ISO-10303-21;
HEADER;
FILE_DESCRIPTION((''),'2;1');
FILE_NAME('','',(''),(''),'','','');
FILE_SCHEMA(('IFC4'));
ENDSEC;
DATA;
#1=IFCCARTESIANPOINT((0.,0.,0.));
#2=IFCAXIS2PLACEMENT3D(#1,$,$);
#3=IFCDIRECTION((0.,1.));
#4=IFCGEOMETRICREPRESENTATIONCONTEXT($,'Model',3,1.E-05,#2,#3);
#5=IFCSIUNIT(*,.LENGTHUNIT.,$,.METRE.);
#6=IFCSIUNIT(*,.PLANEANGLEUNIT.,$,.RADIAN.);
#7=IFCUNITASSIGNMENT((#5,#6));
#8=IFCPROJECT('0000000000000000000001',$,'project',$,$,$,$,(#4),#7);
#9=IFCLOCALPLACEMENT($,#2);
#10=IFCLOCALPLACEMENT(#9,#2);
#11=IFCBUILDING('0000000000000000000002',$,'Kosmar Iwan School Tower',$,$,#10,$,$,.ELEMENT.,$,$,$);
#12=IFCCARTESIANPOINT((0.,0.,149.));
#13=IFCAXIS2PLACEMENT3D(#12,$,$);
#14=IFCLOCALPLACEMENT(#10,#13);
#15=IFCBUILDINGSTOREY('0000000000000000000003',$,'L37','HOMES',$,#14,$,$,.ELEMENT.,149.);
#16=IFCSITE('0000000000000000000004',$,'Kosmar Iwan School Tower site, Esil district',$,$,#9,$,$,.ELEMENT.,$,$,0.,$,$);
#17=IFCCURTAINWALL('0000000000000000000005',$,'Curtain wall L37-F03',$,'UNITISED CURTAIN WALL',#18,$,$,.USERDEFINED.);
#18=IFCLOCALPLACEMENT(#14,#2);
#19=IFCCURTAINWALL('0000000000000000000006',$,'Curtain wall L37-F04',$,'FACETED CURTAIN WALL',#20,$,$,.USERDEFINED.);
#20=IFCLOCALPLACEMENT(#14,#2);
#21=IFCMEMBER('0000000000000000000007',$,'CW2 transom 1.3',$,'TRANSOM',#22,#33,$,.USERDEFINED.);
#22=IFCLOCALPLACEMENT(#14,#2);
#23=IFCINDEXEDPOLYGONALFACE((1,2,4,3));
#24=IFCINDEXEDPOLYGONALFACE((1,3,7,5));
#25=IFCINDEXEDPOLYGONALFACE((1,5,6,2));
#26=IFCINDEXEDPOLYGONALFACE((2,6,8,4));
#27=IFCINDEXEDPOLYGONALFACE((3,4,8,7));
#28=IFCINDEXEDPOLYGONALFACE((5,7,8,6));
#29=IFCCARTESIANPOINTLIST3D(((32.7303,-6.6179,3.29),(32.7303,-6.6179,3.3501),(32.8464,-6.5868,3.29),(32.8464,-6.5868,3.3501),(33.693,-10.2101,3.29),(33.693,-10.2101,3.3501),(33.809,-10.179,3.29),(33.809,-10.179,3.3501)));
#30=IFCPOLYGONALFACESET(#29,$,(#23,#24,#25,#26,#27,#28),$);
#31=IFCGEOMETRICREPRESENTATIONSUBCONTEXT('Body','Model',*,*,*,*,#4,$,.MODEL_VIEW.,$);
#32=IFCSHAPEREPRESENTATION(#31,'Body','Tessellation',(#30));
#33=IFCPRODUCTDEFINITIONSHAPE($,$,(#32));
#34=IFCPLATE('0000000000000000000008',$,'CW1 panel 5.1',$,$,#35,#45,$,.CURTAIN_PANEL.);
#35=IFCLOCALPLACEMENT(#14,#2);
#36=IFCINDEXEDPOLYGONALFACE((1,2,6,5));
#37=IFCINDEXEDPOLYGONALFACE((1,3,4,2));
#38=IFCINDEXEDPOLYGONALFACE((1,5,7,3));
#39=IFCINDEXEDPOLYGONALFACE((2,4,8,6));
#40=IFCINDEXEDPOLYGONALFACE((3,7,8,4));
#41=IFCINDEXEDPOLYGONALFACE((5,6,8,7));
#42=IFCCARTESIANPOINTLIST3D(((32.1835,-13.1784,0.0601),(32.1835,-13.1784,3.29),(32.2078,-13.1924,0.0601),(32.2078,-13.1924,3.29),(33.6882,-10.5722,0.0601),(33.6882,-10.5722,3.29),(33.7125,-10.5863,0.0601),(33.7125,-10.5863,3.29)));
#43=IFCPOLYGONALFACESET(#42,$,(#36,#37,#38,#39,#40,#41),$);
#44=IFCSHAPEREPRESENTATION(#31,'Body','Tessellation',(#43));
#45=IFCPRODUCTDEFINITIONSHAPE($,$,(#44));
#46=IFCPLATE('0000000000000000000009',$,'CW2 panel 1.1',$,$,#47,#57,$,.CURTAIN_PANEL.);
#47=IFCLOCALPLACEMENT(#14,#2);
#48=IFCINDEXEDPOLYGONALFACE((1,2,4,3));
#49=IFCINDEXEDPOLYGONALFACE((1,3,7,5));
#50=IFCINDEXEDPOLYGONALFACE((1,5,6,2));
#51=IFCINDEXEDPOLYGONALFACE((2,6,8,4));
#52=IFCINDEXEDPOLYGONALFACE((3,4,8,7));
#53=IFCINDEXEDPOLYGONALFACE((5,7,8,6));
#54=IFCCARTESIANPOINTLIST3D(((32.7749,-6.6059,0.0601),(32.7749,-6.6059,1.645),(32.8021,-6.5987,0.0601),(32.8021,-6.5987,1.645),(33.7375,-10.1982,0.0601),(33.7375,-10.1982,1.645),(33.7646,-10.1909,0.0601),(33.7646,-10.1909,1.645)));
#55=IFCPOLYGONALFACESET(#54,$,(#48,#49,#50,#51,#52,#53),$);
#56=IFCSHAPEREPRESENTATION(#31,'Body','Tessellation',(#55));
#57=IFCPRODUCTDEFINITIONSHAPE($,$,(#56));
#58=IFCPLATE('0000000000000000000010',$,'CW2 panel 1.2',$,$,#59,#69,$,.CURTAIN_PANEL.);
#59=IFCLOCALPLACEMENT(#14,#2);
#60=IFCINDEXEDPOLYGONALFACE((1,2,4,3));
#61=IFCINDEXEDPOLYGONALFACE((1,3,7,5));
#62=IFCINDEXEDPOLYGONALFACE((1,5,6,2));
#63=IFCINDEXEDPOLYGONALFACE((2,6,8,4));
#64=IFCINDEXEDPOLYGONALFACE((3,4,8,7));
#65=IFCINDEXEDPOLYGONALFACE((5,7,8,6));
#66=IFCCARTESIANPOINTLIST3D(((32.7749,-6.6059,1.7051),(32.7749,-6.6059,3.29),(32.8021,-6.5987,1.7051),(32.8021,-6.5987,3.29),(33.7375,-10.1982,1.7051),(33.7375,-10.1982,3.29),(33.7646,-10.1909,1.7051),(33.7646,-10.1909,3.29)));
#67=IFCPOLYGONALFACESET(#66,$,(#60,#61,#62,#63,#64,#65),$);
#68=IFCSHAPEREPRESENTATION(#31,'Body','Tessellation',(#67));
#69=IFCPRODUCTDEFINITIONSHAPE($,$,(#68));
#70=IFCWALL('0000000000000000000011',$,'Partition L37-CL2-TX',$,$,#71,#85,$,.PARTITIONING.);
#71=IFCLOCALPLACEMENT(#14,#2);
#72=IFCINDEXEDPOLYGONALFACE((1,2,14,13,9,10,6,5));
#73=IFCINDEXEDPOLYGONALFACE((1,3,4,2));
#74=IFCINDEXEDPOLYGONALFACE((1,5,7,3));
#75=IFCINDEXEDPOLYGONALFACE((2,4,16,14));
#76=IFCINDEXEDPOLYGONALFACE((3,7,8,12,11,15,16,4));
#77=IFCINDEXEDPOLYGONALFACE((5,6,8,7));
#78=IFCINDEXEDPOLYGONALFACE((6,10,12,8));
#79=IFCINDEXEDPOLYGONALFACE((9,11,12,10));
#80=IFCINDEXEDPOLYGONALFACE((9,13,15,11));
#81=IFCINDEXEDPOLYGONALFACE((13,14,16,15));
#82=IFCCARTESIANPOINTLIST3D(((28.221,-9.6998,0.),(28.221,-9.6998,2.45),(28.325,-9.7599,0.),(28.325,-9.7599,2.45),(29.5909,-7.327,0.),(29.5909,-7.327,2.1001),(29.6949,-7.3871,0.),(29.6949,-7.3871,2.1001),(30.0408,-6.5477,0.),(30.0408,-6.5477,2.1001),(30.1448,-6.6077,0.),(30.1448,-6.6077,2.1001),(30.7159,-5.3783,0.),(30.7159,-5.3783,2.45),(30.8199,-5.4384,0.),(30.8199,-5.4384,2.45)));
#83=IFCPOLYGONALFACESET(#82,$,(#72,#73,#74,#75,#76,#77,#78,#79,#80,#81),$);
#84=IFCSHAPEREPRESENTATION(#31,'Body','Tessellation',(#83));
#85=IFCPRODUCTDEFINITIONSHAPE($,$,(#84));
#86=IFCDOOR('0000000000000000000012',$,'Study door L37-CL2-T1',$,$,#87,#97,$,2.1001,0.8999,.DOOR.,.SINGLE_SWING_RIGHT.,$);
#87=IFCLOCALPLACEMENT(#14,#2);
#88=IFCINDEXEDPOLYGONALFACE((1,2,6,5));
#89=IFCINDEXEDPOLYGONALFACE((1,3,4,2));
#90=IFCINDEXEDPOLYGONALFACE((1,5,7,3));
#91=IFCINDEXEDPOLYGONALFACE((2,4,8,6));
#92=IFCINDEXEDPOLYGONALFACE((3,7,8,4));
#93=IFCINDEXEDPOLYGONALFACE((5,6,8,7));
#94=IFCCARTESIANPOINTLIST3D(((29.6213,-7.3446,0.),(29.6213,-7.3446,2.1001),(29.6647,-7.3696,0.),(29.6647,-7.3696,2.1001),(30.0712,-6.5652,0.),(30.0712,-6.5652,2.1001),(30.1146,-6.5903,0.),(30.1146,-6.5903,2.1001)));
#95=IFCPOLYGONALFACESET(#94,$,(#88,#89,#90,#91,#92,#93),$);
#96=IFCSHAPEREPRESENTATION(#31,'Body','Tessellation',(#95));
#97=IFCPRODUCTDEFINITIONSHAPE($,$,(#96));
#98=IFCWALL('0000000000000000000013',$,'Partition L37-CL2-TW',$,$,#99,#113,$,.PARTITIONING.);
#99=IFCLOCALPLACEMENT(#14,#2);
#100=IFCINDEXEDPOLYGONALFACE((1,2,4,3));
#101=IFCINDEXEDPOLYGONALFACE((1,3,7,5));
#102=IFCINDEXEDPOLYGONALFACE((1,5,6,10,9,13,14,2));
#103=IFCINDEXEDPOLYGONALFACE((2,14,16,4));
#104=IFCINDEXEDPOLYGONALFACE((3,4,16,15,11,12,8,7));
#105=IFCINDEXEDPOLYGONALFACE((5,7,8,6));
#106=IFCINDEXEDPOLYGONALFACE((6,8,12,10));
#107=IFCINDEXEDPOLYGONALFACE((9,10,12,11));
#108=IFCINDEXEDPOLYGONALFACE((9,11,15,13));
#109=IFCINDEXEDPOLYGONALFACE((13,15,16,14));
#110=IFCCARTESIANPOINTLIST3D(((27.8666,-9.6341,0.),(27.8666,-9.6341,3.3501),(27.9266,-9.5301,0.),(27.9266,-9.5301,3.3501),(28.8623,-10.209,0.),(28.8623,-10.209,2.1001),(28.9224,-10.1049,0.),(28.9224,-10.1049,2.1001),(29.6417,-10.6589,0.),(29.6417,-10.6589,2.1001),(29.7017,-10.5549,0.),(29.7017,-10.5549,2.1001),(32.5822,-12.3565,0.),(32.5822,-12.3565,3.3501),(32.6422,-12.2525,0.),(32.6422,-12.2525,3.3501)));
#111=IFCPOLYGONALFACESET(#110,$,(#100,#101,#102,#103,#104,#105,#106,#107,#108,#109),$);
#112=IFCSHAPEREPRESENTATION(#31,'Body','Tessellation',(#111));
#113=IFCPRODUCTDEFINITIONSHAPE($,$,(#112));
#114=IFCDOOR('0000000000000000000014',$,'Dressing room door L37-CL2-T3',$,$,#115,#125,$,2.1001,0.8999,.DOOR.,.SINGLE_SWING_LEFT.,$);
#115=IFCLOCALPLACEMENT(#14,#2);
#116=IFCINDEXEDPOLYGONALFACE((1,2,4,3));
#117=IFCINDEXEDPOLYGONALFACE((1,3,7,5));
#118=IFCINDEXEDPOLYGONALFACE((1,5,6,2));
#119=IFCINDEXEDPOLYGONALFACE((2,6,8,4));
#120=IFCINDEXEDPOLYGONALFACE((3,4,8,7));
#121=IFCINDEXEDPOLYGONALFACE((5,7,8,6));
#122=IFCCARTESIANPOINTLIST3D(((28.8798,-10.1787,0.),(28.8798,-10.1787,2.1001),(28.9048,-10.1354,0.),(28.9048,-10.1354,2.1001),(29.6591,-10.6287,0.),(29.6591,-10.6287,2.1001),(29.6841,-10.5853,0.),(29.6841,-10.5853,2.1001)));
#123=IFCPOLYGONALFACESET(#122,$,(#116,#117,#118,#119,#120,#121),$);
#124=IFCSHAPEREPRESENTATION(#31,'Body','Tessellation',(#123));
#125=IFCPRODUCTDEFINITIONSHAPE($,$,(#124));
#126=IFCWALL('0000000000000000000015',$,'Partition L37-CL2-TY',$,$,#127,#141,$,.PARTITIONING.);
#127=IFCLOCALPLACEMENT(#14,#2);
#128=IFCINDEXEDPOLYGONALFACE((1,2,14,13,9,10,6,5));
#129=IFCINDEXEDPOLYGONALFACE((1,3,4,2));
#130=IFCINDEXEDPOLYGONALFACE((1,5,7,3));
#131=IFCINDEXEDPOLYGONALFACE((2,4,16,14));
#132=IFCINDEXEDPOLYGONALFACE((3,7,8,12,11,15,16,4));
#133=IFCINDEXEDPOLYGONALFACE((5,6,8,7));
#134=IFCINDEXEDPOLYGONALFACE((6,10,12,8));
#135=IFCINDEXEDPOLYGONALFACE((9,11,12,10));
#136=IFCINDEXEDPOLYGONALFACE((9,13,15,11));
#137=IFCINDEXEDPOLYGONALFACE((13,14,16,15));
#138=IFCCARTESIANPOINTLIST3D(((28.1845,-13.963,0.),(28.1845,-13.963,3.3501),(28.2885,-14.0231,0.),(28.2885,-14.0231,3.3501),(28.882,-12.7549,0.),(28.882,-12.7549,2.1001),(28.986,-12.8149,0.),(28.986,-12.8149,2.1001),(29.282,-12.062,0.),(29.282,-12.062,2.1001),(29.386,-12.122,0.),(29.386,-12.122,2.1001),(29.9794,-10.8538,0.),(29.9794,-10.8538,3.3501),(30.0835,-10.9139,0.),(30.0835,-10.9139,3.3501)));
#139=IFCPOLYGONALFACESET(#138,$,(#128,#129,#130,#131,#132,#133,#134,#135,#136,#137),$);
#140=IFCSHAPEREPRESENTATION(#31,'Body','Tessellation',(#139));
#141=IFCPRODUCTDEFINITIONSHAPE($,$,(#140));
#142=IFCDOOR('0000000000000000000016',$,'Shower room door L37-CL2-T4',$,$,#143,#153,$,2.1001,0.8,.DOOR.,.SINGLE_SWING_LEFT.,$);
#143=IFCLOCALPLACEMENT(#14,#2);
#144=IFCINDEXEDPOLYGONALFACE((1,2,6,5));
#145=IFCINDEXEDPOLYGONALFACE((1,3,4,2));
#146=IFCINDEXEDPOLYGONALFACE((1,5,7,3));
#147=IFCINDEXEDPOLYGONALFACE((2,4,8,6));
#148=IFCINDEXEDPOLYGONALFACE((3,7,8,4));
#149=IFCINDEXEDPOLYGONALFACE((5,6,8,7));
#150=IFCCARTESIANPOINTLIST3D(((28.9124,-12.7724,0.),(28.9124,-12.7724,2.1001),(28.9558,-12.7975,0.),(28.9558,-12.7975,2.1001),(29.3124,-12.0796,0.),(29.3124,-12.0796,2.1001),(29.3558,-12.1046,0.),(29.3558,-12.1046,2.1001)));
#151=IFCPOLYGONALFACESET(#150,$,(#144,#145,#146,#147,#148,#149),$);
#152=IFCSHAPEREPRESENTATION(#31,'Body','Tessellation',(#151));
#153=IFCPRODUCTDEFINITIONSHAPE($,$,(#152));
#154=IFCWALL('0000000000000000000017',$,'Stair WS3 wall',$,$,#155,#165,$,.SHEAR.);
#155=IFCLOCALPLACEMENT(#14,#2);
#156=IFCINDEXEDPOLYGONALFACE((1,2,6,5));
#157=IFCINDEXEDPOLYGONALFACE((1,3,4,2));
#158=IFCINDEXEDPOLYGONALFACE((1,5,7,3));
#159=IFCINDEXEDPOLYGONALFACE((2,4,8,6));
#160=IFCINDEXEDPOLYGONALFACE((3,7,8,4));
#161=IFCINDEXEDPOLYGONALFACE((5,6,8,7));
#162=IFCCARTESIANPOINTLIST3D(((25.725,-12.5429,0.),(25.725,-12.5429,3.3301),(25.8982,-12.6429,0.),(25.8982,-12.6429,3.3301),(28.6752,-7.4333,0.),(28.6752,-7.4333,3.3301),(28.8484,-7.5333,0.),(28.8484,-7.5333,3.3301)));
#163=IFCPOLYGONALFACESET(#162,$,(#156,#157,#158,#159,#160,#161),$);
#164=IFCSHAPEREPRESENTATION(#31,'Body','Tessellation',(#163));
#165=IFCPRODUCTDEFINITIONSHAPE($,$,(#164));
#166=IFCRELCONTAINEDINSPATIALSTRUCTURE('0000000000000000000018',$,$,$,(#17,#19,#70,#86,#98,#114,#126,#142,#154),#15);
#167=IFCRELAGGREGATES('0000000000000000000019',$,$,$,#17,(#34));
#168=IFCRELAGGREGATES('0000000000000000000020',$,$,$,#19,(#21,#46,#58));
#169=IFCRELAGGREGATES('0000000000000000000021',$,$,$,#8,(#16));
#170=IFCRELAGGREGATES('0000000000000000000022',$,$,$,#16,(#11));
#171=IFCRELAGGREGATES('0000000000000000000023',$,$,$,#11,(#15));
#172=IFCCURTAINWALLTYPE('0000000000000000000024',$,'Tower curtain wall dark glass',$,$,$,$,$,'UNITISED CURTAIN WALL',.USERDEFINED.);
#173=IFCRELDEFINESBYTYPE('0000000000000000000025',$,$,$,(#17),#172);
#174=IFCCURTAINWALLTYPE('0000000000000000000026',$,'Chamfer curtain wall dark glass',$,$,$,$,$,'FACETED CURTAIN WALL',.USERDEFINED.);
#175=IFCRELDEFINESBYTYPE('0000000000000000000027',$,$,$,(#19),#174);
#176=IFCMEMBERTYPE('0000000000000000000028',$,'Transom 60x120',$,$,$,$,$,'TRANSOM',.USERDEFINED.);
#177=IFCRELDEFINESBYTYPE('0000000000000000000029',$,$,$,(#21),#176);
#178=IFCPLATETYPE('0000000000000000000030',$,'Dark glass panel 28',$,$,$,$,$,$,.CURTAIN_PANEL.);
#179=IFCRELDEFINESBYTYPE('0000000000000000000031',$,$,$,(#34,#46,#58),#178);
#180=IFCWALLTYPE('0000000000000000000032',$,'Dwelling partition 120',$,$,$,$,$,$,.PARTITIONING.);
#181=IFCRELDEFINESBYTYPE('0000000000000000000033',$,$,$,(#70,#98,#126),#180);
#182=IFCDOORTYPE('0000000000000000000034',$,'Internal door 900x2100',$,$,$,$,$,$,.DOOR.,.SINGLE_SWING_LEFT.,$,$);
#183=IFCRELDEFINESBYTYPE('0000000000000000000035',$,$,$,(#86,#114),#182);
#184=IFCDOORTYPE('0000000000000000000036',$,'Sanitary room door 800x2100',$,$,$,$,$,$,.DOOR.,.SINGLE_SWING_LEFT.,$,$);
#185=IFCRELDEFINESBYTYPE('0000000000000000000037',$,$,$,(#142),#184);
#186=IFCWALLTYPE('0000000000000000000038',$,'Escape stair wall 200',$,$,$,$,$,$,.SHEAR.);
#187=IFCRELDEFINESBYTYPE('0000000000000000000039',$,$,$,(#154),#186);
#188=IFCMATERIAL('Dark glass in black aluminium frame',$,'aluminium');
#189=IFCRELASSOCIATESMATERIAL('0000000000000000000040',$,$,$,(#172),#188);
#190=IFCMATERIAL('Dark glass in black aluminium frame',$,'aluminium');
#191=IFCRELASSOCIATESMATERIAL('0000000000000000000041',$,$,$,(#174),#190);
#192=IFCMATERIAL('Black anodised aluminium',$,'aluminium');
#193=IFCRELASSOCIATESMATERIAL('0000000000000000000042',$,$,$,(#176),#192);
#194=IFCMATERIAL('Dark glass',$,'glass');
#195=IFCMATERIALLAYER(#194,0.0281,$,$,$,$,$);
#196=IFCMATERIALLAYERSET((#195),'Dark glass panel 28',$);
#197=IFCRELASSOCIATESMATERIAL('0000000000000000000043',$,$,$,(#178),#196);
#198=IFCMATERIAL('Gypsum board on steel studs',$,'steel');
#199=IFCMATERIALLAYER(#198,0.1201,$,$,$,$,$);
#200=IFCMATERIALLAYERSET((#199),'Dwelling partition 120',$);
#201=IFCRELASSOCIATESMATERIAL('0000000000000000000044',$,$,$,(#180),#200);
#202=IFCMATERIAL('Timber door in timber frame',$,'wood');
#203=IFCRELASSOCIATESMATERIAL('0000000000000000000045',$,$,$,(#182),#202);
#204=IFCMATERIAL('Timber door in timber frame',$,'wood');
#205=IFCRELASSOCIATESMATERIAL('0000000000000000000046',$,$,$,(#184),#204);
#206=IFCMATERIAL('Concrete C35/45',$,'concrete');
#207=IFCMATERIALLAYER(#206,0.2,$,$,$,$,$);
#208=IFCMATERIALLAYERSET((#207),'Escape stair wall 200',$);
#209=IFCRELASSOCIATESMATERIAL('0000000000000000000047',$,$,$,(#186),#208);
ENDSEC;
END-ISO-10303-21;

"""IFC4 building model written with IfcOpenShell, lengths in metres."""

from ifc_helpers import new_model, si_unit, direction, frame, frame_2d, origin, origin_2d, place, context, subcontext, project, spatial, rectangle, extrude, material, layer, layer_set, material_profile, profile_set, type_object, element, fill, aggregate, save


model = new_model("IFC4")

# Units and contexts
model_context = context("Model", 3, precision=1e-05, world=origin(), true_north=direction((0.0, 1.0)))
body_context = subcontext(model_context, "Body", "Model", "MODEL_VIEW")
ifc_project = project(units=[si_unit("LENGTHUNIT", "METRE"), si_unit("PLANEANGLEUNIT", "RADIAN")], contexts=[model_context])

# Site, building, storey
site_placement = place(None, origin())
site = spatial("IfcSite", under=ifc_project, at=site_placement, Name="Kosmar Iwan School Tower site, Esil district", CompositionType="ELEMENT", RefElevation=0.0)
building_placement = place(site_placement, origin())
building = spatial("IfcBuilding", under=site, at=building_placement, Name="Kosmar Iwan School Tower", CompositionType="ELEMENT")
storey_placement = place(building_placement, frame((0.0, 0.0, 149.0)))
storey = spatial("IfcBuildingStorey", under=building, at=storey_placement, Name="L37", Description="HOMES", CompositionType="ELEMENT", Elevation=149.0)

# Curtain walls
ifc_material_1 = material(Name="Dark glass in black aluminium frame", Category="aluminium")
curtain_wall_type_1 = type_object("IfcCurtainWallType", Name="Tower curtain wall dark glass", ElementType="UNITISED CURTAIN WALL", PredefinedType="USERDEFINED", material=ifc_material_1)
curtain_wall_1_placement = place(storey_placement, origin())
curtain_wall_1 = element("IfcCurtainWall", 1, at=curtain_wall_1_placement, inside=storey, type_object=curtain_wall_type_1, Name="Curtain wall L37-F03", ObjectType="UNITISED CURTAIN WALL", PredefinedType="USERDEFINED")
ifc_material_2 = material(Name="Dark glass in black aluminium frame", Category="aluminium")
curtain_wall_type_2 = type_object("IfcCurtainWallType", Name="Chamfer curtain wall dark glass", ElementType="FACETED CURTAIN WALL", PredefinedType="USERDEFINED", material=ifc_material_2)
curtain_wall_2_placement = place(storey_placement, origin())
curtain_wall_2 = element("IfcCurtainWall", 2, at=curtain_wall_2_placement, inside=storey, type_object=curtain_wall_type_2, Name="Curtain wall L37-F04", ObjectType="FACETED CURTAIN WALL", PredefinedType="USERDEFINED")

# Member
ifc_material_3 = material(Name="Black anodised aluminium", Category="aluminium")
ifc_material_profile_1 = material_profile(ifc_material_3, rectangle(XDim=0.1201, YDim=0.0601, at=origin_2d()), Name="TRANSOM 60x120")
ifc_profile_set_1 = profile_set([ifc_material_profile_1], Name="Black anodised aluminium")
member_type_1 = type_object("IfcMemberType", Name="Transom 60x120", ElementType="TRANSOM", PredefinedType="USERDEFINED", material=ifc_profile_set_1)
member_1_placement = place(storey_placement, frame((33.751, -10.1946, 3.3201), z_axis=(-0.258843, 0.965919, 0.0), x_axis=(-0.965919, -0.258843, 0.0)))
member_1 = element("IfcMember", 3, at=member_1_placement, type_object=member_type_1, Name="CW2 transom 1.3", ObjectType="TRANSOM", PredefinedType="USERDEFINED", context=body_context, shape_type="SweptSolid", body=[
    extrude(rectangle(XDim=0.1201, YDim=0.0601, at=origin_2d()), origin(), (0.0, 0.0, 1.0), 3.719),
])

# Plates
ifc_material_4 = material(Name="Dark glass", Category="glass")
ifc_layer_1 = layer(ifc_material_4, 0.0281)
ifc_layer_set_1 = layer_set([ifc_layer_1], Name="Dark glass panel 28")
plate_type = type_object("IfcPlateType", Name="Dark glass panel 28", PredefinedType="CURTAIN_PANEL", material=ifc_layer_set_1)
plate_1_placement = place(storey_placement, frame((32.948, -11.8823, 0.0601), z_axis=(0.0, 0.0, 1.0), x_axis=(0.5, 0.866025, 0.0)))
plate_1 = element("IfcPlate", 4, at=plate_1_placement, type_object=plate_type, Name="CW1 panel 5.1", PredefinedType="CURTAIN_PANEL", context=body_context, shape_type="SweptSolid", body=[
    extrude(rectangle(XDim=3.0093, YDim=0.0281, at=origin_2d()), origin(), (0.0, 0.0, 1.0), 3.23),
])
aggregate(curtain_wall_1, [plate_1])
plate_2_placement = place(storey_placement, frame((33.2698, -8.3984, 0.0601), z_axis=(0.0, 0.0, 1.0), x_axis=(-0.258819, 0.965926, 0.0)))
plate_2 = element("IfcPlate", 5, at=plate_2_placement, type_object=plate_type, Name="CW2 panel 1.1", PredefinedType="CURTAIN_PANEL", context=body_context, shape_type="SweptSolid", body=[
    extrude(rectangle(XDim=3.719, YDim=0.0281, at=origin_2d()), origin(), (0.0, 0.0, 1.0), 1.585),
])
plate_3_placement = place(storey_placement, frame((33.2698, -8.3984, 1.7051), z_axis=(0.0, 0.0, 1.0), x_axis=(-0.258819, 0.965926, 0.0)))
plate_3 = element("IfcPlate", 6, at=plate_3_placement, type_object=plate_type, Name="CW2 panel 1.2", PredefinedType="CURTAIN_PANEL", context=body_context, shape_type="SweptSolid", body=[
    extrude(rectangle(XDim=3.719, YDim=0.0281, at=origin_2d()), origin(), (0.0, 0.0, 1.0), 1.585),
])
aggregate(curtain_wall_2, [member_1, plate_2, plate_3])

# Walls, openings, doors
ifc_material_5 = material(Name="Gypsum board on steel studs", Category="steel")
ifc_layer_2 = layer(ifc_material_5, 0.1201)
ifc_layer_set_2 = layer_set([ifc_layer_2], Name="Dwelling partition 120")
wall_type_1 = type_object("IfcWallType", Name="Dwelling partition 120", PredefinedType="PARTITIONING", material=ifc_layer_set_2)
wall_1_placement = place(storey_placement, frame((28.2729, -9.73, 0.0), z_axis=(0.0, 0.0, 1.0), x_axis=(0.499975, 0.86604, 0.0)))
wall_1 = element("IfcWall", 7, at=wall_1_placement, inside=storey, type_object=wall_type_1, Name="Partition L37-CL2-TX", PredefinedType="PARTITIONING", context=body_context, shape_type="SweptSolid", body=[
    extrude(rectangle(XDim=4.99, YDim=0.1201, at=frame_2d((2.4951, 0.0))), origin(), (0.0, 0.0, 1.0), 2.45),
])
opening_1_placement = place(wall_1_placement, frame((2.74, 0.0, 0.0)))
opening_1 = element("IfcOpeningElement", 8, at=opening_1_placement, cuts=wall_1, PredefinedType="OPENING", context=body_context, shape_type="SweptSolid", body=[
    extrude(rectangle(XDim=0.8999, YDim=2.1001, at=frame_2d((0.45, 1.05))), frame((0.0, 0.072, 0.0), z_axis=(0.0, -1.0, 0.0), x_axis=(1.0, 0.0, 0.0)), (0.0, 0.0, 1.0), 0.144),
])
ifc_material_6 = material(Name="Timber door in timber frame", Category="wood")
door_type_1 = type_object("IfcDoorType", Name="Internal door 900x2100", OperationType="SINGLE_SWING_LEFT", PredefinedType="DOOR", material=ifc_material_6)
door_1_placement = place(opening_1_placement, origin())
door_1 = element("IfcDoor", 9, at=door_1_placement, inside=storey, type_object=door_type_1, Name="Study door L37-CL2-T1", OperationType="SINGLE_SWING_RIGHT", OverallHeight=2.1001, OverallWidth=0.8999, PredefinedType="DOOR", context=body_context, shape_type="SweptSolid", body=[
    extrude(rectangle(XDim=0.8999, YDim=2.1001, at=frame_2d((0.45, 1.05))), frame((0.0, 0.0249, 0.0), z_axis=(0.0, -1.0, 0.0), x_axis=(1.0, 0.0, 0.0)), (0.0, 0.0, 1.0), 0.05),
])
fill(opening_1, door_1)
wall_2_placement = place(storey_placement, frame((27.8965, -9.582, 0.0), z_axis=(0.0, 0.0, 1.0), x_axis=(0.866036, -0.499982, 0.0)))
wall_2 = element("IfcWall", 10, at=wall_2_placement, inside=storey, type_object=wall_type_1, Name="Partition L37-CL2-TW", PredefinedType="PARTITIONING", context=body_context, shape_type="SweptSolid", body=[
    extrude(rectangle(XDim=5.4451, YDim=0.1201, at=frame_2d((2.7227, 0.0))), origin(), (0.0, 0.0, 1.0), 3.3501),
])
opening_2_placement = place(wall_2_placement, frame((1.1499, 0.0, 0.0)))
opening_2 = element("IfcOpeningElement", 11, at=opening_2_placement, cuts=wall_2, PredefinedType="OPENING", context=body_context, shape_type="SweptSolid", body=[
    extrude(rectangle(XDim=0.8999, YDim=2.1001, at=frame_2d((0.45, 1.05))), frame((0.0, 0.072, 0.0), z_axis=(0.0, -1.0, 0.0), x_axis=(1.0, 0.0, 0.0)), (0.0, 0.0, 1.0), 0.144),
])
door_2_placement = place(opening_2_placement, origin())
door_2 = element("IfcDoor", 12, at=door_2_placement, inside=storey, type_object=door_type_1, Name="Dressing room door L37-CL2-T3", OperationType="SINGLE_SWING_LEFT", OverallHeight=2.1001, OverallWidth=0.8999, PredefinedType="DOOR", context=body_context, shape_type="SweptSolid", body=[
    extrude(rectangle(XDim=0.8999, YDim=2.1001, at=frame_2d((0.45, 1.05))), frame((0.0, 0.0249, 0.0), z_axis=(0.0, -1.0, 0.0), x_axis=(1.0, 0.0, 0.0)), (0.0, 0.0, 1.0), 0.05),
])
fill(opening_2, door_2)
wall_3_placement = place(storey_placement, frame((28.2366, -13.9929, 0.0), z_axis=(0.0, 0.0, 1.0), x_axis=(0.499972, 0.866042, 0.0)))
wall_3 = element("IfcWall", 13, at=wall_3_placement, inside=storey, type_object=wall_type_1, Name="Partition L37-CL2-TY", PredefinedType="PARTITIONING", context=body_context, shape_type="SweptSolid", body=[
    extrude(rectangle(XDim=3.5901, YDim=0.1201, at=frame_2d((1.7949, 0.0))), origin(), (0.0, 0.0, 1.0), 3.3501),
])
opening_3_placement = place(wall_3_placement, frame((1.395, 0.0, 0.0)))
opening_3 = element("IfcOpeningElement", 14, at=opening_3_placement, cuts=wall_3, PredefinedType="OPENING", context=body_context, shape_type="SweptSolid", body=[
    extrude(rectangle(XDim=0.8, YDim=2.1001, at=frame_2d((0.3999, 1.05))), frame((0.0, 0.072, 0.0), z_axis=(0.0, -1.0, 0.0), x_axis=(1.0, 0.0, 0.0)), (0.0, 0.0, 1.0), 0.144),
])
ifc_material_7 = material(Name="Timber door in timber frame", Category="wood")
door_type_2 = type_object("IfcDoorType", Name="Sanitary room door 800x2100", OperationType="SINGLE_SWING_LEFT", PredefinedType="DOOR", material=ifc_material_7)
door_3_placement = place(opening_3_placement, origin())
door_3 = element("IfcDoor", 15, at=door_3_placement, inside=storey, type_object=door_type_2, Name="Shower room door L37-CL2-T4", OperationType="SINGLE_SWING_LEFT", OverallHeight=2.1001, OverallWidth=0.8, PredefinedType="DOOR", context=body_context, shape_type="SweptSolid", body=[
    extrude(rectangle(XDim=0.8, YDim=2.1001, at=frame_2d((0.3999, 1.05))), frame((0.0, 0.0249, 0.0), z_axis=(0.0, -1.0, 0.0), x_axis=(1.0, 0.0, 0.0)), (0.0, 0.0, 1.0), 0.05),
])
fill(opening_3, door_3)

# Wall
ifc_material_8 = material(Name="Concrete C35/45", Category="concrete")
ifc_layer_3 = layer(ifc_material_8, 0.2)
ifc_layer_set_3 = layer_set([ifc_layer_3], Name="Escape stair wall 200")
wall_type_2 = type_object("IfcWallType", Name="Escape stair wall 200", PredefinedType="SHEAR", material=ifc_layer_set_3)
wall_4_placement = place(storey_placement, frame((25.8115, -12.593, 0.0), z_axis=(0.0, 0.0, 1.0), x_axis=(0.50002, 0.866014, 0.0)))
element("IfcWall", 16, at=wall_4_placement, inside=storey, type_object=wall_type_2, Name="Stair WS3 wall", PredefinedType="SHEAR", context=body_context, shape_type="SweptSolid", body=[
    extrude(rectangle(XDim=5.9001, YDim=0.2, at=frame_2d((2.9502, 0.0))), origin(), (0.0, 0.0, 1.0), 3.3301),
])

save(model, "model.ifc")
